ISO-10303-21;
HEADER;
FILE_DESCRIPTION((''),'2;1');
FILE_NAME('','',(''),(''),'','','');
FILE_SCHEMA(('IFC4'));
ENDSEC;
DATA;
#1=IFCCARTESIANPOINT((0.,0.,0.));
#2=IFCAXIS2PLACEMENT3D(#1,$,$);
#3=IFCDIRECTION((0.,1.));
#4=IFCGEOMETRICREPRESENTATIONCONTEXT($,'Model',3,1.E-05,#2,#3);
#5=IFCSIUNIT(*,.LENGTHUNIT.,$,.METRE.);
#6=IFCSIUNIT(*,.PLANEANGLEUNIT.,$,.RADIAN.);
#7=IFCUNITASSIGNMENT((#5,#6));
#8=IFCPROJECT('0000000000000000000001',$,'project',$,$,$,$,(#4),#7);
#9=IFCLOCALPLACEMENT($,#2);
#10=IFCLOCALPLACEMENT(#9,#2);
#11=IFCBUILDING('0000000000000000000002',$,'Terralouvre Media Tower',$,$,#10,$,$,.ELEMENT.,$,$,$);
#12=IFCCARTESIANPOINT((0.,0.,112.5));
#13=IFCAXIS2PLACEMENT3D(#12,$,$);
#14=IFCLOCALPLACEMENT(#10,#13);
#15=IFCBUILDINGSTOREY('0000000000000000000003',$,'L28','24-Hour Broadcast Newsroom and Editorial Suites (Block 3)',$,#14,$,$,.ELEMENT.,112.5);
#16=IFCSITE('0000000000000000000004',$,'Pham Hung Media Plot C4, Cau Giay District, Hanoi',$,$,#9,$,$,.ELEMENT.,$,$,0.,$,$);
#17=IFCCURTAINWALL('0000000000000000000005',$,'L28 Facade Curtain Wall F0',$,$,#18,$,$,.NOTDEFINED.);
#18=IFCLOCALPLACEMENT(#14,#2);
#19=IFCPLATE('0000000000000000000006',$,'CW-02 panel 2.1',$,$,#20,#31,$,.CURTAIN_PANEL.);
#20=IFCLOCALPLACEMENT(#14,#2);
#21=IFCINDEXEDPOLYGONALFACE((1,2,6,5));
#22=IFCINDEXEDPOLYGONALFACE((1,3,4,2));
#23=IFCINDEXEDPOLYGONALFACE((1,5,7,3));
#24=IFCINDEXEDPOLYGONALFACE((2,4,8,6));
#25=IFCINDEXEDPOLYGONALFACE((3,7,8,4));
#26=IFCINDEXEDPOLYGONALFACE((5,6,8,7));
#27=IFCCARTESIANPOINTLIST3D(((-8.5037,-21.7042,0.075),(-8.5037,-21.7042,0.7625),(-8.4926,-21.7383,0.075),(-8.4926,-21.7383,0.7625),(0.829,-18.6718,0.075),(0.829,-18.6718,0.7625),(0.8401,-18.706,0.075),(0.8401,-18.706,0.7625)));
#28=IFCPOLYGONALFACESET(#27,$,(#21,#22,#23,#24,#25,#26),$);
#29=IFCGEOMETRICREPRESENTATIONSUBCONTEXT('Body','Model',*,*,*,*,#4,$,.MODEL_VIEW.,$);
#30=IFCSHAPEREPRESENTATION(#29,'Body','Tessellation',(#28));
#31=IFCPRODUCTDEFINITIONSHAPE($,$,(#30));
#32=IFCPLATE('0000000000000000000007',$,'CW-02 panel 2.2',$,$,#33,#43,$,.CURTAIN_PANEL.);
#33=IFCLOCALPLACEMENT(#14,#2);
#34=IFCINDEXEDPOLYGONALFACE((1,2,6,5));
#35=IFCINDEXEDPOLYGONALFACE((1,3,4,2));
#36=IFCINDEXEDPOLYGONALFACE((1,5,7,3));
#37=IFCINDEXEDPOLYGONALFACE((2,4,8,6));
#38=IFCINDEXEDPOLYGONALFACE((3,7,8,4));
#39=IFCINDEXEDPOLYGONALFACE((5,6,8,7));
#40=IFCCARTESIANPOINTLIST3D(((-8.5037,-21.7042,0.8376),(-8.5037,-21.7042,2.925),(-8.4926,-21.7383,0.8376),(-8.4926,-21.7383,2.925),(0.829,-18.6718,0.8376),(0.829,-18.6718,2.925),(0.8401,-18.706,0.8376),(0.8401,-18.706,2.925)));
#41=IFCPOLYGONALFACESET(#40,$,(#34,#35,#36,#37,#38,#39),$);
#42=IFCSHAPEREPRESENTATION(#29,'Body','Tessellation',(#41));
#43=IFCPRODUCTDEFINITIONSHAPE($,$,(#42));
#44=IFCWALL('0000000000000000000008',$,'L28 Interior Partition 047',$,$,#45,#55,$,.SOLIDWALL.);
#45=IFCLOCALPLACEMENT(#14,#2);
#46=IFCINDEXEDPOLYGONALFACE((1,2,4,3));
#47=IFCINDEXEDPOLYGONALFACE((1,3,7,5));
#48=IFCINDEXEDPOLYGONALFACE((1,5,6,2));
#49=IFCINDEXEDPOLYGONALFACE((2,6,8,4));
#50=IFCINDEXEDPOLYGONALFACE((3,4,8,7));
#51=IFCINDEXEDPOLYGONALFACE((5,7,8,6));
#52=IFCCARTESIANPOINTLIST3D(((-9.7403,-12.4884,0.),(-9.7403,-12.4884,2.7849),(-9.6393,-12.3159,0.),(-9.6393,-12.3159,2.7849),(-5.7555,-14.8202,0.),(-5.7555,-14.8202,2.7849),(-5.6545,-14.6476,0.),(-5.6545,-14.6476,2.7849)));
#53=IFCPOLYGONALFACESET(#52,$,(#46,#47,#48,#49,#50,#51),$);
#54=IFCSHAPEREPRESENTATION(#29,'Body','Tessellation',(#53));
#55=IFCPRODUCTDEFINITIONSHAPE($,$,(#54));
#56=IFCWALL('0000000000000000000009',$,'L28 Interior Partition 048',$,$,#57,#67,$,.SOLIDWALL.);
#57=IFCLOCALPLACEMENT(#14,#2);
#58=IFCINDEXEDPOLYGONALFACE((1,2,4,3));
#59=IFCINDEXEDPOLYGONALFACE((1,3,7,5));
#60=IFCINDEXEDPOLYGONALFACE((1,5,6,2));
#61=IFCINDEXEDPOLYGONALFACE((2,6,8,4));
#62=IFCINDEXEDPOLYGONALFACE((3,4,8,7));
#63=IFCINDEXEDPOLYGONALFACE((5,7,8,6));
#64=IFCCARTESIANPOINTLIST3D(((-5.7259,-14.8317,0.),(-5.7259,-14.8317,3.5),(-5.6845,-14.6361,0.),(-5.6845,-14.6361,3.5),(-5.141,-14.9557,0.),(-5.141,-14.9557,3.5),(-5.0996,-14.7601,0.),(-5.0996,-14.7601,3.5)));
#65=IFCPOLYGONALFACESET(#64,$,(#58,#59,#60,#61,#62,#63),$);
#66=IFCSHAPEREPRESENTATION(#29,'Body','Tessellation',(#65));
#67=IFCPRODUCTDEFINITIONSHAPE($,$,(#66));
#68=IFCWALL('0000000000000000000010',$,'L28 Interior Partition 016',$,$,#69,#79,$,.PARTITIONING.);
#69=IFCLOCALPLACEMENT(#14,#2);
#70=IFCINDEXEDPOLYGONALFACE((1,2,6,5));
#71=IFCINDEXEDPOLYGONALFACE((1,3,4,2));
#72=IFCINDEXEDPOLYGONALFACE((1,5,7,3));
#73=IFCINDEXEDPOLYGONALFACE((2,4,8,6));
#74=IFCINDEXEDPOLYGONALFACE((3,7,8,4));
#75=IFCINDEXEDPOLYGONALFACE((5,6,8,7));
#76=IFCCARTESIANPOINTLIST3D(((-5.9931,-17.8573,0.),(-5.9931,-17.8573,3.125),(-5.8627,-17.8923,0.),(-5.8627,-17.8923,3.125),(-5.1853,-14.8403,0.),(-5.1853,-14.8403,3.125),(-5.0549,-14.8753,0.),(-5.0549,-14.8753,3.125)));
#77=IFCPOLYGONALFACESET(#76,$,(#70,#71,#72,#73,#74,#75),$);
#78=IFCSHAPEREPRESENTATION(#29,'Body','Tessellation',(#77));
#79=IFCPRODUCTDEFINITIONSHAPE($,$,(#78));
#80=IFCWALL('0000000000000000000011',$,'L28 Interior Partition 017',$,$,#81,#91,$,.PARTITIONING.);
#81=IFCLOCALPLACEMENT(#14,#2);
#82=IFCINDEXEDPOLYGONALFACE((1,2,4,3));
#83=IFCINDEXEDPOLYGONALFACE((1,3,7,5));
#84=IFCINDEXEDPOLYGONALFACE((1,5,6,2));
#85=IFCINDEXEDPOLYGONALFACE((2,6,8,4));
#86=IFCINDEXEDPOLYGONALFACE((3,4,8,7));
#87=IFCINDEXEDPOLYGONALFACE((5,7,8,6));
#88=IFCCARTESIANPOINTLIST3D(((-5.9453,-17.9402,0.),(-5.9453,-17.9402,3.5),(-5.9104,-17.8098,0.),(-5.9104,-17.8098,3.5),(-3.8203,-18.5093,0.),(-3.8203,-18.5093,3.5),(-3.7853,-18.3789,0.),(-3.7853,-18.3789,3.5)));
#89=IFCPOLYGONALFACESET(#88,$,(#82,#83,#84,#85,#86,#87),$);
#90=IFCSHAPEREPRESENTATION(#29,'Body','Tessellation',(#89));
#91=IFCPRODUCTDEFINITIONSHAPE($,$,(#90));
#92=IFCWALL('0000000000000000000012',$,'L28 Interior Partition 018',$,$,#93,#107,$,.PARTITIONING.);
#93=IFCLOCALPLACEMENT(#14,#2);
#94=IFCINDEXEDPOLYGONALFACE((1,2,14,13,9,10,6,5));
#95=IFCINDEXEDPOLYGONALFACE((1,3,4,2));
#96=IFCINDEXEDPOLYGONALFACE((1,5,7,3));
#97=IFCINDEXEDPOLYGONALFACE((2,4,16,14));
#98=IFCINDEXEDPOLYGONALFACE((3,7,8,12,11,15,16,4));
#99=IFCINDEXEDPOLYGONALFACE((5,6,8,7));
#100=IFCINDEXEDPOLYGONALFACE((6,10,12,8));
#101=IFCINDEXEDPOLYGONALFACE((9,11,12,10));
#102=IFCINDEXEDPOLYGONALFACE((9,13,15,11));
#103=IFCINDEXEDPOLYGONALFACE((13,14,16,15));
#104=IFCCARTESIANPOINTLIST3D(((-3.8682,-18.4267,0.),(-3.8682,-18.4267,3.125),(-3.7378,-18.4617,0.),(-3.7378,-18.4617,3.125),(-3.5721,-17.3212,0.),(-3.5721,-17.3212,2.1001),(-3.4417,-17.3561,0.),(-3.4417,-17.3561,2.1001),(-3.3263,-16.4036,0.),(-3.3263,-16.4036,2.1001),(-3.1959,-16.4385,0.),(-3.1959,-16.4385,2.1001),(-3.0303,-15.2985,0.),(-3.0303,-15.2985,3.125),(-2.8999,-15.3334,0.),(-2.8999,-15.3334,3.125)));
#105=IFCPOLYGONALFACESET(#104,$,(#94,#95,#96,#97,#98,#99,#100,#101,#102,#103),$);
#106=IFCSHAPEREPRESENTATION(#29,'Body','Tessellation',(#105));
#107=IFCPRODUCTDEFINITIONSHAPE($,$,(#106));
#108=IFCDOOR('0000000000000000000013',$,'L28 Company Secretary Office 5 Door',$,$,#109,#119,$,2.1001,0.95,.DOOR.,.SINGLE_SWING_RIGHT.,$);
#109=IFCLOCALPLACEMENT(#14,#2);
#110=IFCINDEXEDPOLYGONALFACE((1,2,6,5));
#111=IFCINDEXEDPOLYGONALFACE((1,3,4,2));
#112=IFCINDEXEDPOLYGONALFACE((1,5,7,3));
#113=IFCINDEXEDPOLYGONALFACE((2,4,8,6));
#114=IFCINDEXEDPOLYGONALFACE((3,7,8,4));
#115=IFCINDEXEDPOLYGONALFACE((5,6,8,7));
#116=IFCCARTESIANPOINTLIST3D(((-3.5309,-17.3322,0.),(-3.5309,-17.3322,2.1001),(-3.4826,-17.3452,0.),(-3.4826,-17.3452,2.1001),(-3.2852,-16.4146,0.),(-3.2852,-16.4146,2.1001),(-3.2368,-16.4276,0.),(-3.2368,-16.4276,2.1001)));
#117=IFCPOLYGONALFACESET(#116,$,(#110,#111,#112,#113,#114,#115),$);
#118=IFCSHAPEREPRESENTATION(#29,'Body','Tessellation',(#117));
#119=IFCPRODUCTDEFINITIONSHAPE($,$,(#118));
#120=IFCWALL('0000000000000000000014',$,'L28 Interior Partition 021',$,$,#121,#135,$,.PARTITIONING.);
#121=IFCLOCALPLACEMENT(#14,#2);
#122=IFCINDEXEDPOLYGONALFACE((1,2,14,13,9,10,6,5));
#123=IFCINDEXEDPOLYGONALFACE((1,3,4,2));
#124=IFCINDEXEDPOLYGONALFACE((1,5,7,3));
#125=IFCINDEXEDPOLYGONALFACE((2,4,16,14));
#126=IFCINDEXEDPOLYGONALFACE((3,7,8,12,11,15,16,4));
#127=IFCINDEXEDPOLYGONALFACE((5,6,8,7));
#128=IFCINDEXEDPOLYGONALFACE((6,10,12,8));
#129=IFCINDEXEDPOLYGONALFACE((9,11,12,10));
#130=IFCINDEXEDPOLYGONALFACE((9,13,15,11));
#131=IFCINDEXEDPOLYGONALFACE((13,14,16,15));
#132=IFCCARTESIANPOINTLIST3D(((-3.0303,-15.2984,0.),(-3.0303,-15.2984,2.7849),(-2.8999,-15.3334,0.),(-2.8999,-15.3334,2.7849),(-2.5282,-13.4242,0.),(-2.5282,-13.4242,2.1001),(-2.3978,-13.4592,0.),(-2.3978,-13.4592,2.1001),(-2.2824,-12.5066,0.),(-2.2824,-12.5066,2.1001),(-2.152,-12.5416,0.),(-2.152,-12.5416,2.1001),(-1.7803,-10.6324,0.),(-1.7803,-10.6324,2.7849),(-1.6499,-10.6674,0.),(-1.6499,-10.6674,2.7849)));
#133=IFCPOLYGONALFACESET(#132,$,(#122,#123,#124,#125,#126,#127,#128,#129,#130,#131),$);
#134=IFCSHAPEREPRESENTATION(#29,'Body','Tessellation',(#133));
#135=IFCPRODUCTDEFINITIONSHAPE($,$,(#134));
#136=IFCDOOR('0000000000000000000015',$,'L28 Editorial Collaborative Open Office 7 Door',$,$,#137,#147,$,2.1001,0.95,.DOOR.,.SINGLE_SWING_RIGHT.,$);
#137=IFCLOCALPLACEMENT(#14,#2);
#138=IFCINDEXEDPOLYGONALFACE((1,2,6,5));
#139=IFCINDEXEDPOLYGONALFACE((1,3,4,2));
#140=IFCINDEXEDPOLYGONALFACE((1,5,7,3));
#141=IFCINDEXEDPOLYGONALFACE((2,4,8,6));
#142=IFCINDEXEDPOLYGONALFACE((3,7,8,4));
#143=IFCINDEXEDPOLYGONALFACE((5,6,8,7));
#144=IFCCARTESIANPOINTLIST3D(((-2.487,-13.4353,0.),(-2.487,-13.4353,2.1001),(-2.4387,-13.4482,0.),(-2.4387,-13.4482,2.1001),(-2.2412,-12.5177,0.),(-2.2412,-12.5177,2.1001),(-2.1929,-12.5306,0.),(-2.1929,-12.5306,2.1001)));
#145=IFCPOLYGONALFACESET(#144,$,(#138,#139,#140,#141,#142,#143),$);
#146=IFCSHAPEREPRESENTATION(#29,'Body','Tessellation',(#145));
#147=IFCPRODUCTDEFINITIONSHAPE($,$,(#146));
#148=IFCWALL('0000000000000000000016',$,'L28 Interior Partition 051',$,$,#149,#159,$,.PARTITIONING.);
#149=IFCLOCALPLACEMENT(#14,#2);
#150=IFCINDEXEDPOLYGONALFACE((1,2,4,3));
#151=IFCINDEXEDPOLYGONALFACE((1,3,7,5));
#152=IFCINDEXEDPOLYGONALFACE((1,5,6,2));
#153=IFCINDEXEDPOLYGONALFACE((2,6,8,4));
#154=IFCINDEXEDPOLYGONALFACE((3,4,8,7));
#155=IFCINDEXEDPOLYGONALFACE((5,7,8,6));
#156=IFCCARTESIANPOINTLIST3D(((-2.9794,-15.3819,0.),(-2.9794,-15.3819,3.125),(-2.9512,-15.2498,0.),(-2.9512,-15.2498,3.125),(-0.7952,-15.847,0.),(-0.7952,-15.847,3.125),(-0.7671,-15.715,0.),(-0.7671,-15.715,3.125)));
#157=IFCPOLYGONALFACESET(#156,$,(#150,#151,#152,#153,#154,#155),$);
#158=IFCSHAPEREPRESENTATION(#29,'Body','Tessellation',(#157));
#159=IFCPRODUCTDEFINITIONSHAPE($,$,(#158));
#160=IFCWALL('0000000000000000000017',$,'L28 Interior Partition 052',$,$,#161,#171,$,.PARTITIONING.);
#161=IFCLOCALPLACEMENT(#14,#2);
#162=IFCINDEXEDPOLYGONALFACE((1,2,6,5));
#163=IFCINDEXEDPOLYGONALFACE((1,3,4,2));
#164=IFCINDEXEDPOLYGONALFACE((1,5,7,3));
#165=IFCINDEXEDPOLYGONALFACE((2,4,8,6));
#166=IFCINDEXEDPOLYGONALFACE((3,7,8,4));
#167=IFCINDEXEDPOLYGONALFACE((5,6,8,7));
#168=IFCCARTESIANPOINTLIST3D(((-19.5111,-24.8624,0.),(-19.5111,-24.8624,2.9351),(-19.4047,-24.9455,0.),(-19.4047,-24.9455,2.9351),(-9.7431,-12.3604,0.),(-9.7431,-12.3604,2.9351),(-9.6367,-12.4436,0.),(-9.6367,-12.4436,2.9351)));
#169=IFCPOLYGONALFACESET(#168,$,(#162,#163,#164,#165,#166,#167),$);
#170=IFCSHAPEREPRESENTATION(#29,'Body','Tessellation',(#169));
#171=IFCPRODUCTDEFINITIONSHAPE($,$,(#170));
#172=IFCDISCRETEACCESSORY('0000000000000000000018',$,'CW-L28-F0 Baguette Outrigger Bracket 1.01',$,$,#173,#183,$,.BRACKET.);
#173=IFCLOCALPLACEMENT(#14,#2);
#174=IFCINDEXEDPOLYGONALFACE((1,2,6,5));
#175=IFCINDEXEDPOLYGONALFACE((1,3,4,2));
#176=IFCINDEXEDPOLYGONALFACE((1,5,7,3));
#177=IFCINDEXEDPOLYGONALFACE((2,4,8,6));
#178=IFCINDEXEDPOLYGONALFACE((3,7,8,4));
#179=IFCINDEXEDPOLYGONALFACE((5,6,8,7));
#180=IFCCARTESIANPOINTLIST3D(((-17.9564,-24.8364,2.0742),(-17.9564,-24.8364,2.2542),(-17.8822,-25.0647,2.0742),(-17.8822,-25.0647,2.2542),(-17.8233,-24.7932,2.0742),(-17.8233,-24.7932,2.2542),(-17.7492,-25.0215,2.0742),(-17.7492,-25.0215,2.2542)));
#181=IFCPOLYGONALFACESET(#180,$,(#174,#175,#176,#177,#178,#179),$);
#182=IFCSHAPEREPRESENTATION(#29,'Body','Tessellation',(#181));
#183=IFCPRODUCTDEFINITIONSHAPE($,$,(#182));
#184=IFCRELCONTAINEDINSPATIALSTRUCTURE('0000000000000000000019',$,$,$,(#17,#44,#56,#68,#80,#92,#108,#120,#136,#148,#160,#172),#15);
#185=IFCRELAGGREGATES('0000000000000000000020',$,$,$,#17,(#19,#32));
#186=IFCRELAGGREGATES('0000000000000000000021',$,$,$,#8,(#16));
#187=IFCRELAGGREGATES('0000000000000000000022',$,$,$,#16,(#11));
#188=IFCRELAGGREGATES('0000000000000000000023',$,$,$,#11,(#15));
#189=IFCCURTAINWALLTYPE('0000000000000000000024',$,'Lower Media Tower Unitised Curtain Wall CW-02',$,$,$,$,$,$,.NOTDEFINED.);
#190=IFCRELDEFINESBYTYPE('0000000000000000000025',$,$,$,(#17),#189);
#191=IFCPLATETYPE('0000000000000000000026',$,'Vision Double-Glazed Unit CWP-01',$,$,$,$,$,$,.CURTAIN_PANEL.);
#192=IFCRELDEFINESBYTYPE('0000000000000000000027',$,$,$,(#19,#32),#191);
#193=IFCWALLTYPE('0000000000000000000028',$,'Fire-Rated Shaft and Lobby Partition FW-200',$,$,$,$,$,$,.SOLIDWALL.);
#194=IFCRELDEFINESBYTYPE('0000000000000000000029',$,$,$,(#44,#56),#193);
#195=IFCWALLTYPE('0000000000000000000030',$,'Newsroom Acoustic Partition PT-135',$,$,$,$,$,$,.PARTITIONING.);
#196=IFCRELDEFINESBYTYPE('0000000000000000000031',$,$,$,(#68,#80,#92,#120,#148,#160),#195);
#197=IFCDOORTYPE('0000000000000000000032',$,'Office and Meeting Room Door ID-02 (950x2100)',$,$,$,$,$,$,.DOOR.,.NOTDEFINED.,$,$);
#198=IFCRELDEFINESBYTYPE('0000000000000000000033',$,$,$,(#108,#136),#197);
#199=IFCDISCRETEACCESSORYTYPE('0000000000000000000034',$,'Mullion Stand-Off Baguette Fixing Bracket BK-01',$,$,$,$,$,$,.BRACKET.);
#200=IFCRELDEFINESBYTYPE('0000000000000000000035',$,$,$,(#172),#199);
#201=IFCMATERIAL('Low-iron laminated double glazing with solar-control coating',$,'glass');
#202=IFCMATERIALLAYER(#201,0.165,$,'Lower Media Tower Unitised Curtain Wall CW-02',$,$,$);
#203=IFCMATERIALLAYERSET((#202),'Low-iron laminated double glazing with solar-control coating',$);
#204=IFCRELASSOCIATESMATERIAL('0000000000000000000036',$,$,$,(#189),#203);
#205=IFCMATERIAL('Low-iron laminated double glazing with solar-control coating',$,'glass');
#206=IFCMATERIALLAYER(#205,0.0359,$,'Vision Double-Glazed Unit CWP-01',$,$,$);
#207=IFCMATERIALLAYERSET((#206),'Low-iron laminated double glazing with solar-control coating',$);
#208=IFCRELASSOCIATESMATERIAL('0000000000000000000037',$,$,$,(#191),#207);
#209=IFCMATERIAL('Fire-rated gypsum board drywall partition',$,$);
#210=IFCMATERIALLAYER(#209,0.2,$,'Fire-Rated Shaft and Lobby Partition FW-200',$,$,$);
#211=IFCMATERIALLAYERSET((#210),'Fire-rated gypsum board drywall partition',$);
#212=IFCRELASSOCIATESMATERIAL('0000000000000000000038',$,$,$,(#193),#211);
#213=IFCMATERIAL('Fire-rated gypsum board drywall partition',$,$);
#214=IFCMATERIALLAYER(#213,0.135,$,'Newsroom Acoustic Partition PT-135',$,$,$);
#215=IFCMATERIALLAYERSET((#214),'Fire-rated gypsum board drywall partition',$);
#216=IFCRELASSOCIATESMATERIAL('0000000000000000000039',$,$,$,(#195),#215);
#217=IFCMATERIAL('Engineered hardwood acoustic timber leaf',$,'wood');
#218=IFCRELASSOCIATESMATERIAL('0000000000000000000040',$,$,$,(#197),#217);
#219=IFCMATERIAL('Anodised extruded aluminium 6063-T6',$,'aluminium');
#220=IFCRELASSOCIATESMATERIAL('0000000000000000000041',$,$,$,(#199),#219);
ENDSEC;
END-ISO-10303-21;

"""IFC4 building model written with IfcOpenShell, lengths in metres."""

from ifc_helpers import new_model, si_unit, direction, frame, frame_2d, origin, origin_2d, place, context, subcontext, project, spatial, rectangle, extrude, material, layer, layer_set, type_object, element, fill, aggregate, save


model = new_model("IFC4")

# Units and contexts
model_context = context("Model", 3, precision=1e-05, world=origin(), true_north=direction((0.0, 1.0)))
body_context = subcontext(model_context, "Body", "Model", "MODEL_VIEW")
ifc_project = project(units=[si_unit("LENGTHUNIT", "METRE"), si_unit("PLANEANGLEUNIT", "RADIAN")], contexts=[model_context])

# Site, building, storey
site_placement = place(None, origin())
site = spatial("IfcSite", under=ifc_project, at=site_placement, Name="Pham Hung Media Plot C4, Cau Giay District, Hanoi", CompositionType="ELEMENT", RefElevation=0.0)
building_placement = place(site_placement, origin())
building = spatial("IfcBuilding", under=site, at=building_placement, Name="Terralouvre Media Tower", CompositionType="ELEMENT")
storey_placement = place(building_placement, frame((0.0, 0.0, 112.5)))
storey = spatial("IfcBuildingStorey", under=building, at=storey_placement, Name="L28", Description="24-Hour Broadcast Newsroom and Editorial Suites (Block 3)", CompositionType="ELEMENT", Elevation=112.5)

# Curtain wall
ifc_material_1 = material(Name="Low-iron laminated double glazing with solar-control coating", Category="glass")
ifc_layer_1 = layer(ifc_material_1, 0.165, Name="Lower Media Tower Unitised Curtain Wall CW-02")
ifc_layer_set_1 = layer_set([ifc_layer_1], Name="Low-iron laminated double glazing with solar-control coating")
curtain_wall_type_1 = type_object("IfcCurtainWallType", Name="Lower Media Tower Unitised Curtain Wall CW-02", PredefinedType="NOTDEFINED", material=ifc_layer_set_1)
curtain_wall_1_placement = place(storey_placement, origin())
curtain_wall_1 = element("IfcCurtainWall", 1, at=curtain_wall_1_placement, inside=storey, type_object=curtain_wall_type_1, Name="L28 Facade Curtain Wall F0", PredefinedType="NOTDEFINED")

# Plates
ifc_material_2 = material(Name="Low-iron laminated double glazing with solar-control coating", Category="glass")
ifc_layer_2 = layer(ifc_material_2, 0.0359, Name="Vision Double-Glazed Unit CWP-01")
ifc_layer_set_2 = layer_set([ifc_layer_2], Name="Low-iron laminated double glazing with solar-control coating")
plate_type = type_object("IfcPlateType", Name="Vision Double-Glazed Unit CWP-01", PredefinedType="CURTAIN_PANEL", material=ifc_layer_set_2)
plate_1_placement = place(storey_placement, frame((-3.8318, -20.2051, 0.075), z_axis=(0.0, 0.0, 1.0), x_axis=(0.951057, 0.309017, 0.0)))
plate_1 = element("IfcPlate", 2, at=plate_1_placement, type_object=plate_type, Name="CW-02 panel 2.1", PredefinedType="CURTAIN_PANEL", context=body_context, shape_type="SweptSolid", body=[
    extrude(rectangle(XDim=9.813, YDim=0.0359, at=origin_2d()), origin(), (0.0, 0.0, 1.0), 0.6875),
])
plate_2_placement = place(storey_placement, frame((-3.8318, -20.2051, 0.8376), z_axis=(0.0, 0.0, 1.0), x_axis=(0.951057, 0.309017, 0.0)))
plate_2 = element("IfcPlate", 3, at=plate_2_placement, type_object=plate_type, Name="CW-02 panel 2.2", PredefinedType="CURTAIN_PANEL", context=body_context, shape_type="SweptSolid", body=[
    extrude(rectangle(XDim=9.813, YDim=0.0359, at=origin_2d()), origin(), (0.0, 0.0, 1.0), 2.0874),
])
aggregate(curtain_wall_1, [plate_1, plate_2])

# Walls
ifc_material_3 = material(Name="Fire-rated gypsum board drywall partition")
ifc_layer_3 = layer(ifc_material_3, 0.2, Name="Fire-Rated Shaft and Lobby Partition FW-200")
ifc_layer_set_3 = layer_set([ifc_layer_3], Name="Fire-rated gypsum board drywall partition")
wall_type_1 = type_object("IfcWallType", Name="Fire-Rated Shaft and Lobby Partition FW-200", PredefinedType="SOLIDWALL", material=ifc_layer_set_3)
wall_1_placement = place(storey_placement, frame((-9.6899, -12.4021, 0.0), z_axis=(0.0, 0.0, 1.0), x_axis=(0.863091, -0.505048, 0.0)))
element("IfcWall", 4, at=wall_1_placement, inside=storey, type_object=wall_type_1, Name="L28 Interior Partition 047", PredefinedType="SOLIDWALL", context=body_context, shape_type="SweptSolid", body=[
    extrude(rectangle(XDim=4.6169, YDim=0.2, at=frame_2d((2.3086, 0.0))), origin(), (0.0, 0.0, 1.0), 2.7849),
])
wall_2_placement = place(storey_placement, frame((-5.7051, -14.7339, 0.0), z_axis=(0.0, 0.0, 1.0), x_axis=(0.978254, -0.207409, 0.0)))
element("IfcWall", 5, at=wall_2_placement, inside=storey, type_object=wall_type_1, Name="L28 Interior Partition 048", PredefinedType="SOLIDWALL", context=body_context, shape_type="SweptSolid", body=[
    extrude(rectangle(XDim=0.5979, YDim=0.2, at=frame_2d((0.2988, 0.0))), origin(), (0.0, 0.0, 1.0), 3.5),
])
ifc_material_4 = material(Name="Fire-rated gypsum board drywall partition")
ifc_layer_4 = layer(ifc_material_4, 0.135, Name="Newsroom Acoustic Partition PT-135")
ifc_layer_set_4 = layer_set([ifc_layer_4], Name="Fire-rated gypsum board drywall partition")
wall_type_2 = type_object("IfcWallType", Name="Newsroom Acoustic Partition PT-135", PredefinedType="PARTITIONING", material=ifc_layer_set_4)
wall_3_placement = place(storey_placement, frame((-5.1201, -14.8579, 0.0), z_axis=(0.0, 0.0, 1.0), x_axis=(-0.25865, -0.965971, 0.0)))
element("IfcWall", 6, at=wall_3_placement, inside=storey, type_object=wall_type_2, Name="L28 Interior Partition 016", PredefinedType="PARTITIONING", context=body_context, shape_type="SweptSolid", body=[
    extrude(rectangle(XDim=3.1233, YDim=0.135, at=frame_2d((1.5615, 0.0))), origin(), (0.0, 0.0, 1.0), 3.125),
])
wall_4_placement = place(storey_placement, frame((-5.928, -17.875, 0.0), z_axis=(0.0, 0.0, 1.0), x_axis=(0.96596, -0.258692, 0.0)))
element("IfcWall", 7, at=wall_4_placement, inside=storey, type_object=wall_type_2, Name="L28 Interior Partition 017", PredefinedType="PARTITIONING", context=body_context, shape_type="SweptSolid", body=[
    extrude(rectangle(XDim=2.2, YDim=0.135, at=frame_2d((1.1001, 0.0))), origin(), (0.0, 0.0, 1.0), 3.5),
])

# Walls, openings, doors
wall_5_placement = place(storey_placement, frame((-3.803, -18.4441, 0.0), z_axis=(0.0, 0.0, 1.0), x_axis=(0.258732, 0.965949, 0.0)))
wall_5 = element("IfcWall", 8, at=wall_5_placement, inside=storey, type_object=wall_type_2, Name="L28 Interior Partition 018", PredefinedType="PARTITIONING", context=body_context, shape_type="SweptSolid", body=[
    extrude(rectangle(XDim=3.2385, YDim=0.135, at=frame_2d((1.6191, 0.0))), origin(), (0.0, 0.0, 1.0), 3.125),
])
opening_1_placement = place(wall_5_placement, frame((1.1443, 0.0, 0.0)))
opening_1 = element("IfcOpeningElement", 9, at=opening_1_placement, cuts=wall_5, PredefinedType="OPENING", context=body_context, shape_type="SweptSolid", body=[
    extrude(rectangle(XDim=0.95, YDim=2.1001, at=frame_2d((0.4751, 1.05))), frame((0.0, 0.0774, 0.0), z_axis=(0.0, -1.0, 0.0), x_axis=(1.0, 0.0, 0.0)), (0.0, 0.0, 1.0), 0.155),
])
ifc_material_5 = material(Name="Engineered hardwood acoustic timber leaf", Category="wood")
door_type = type_object("IfcDoorType", Name="Office and Meeting Room Door ID-02 (950x2100)", OperationType="NOTDEFINED", PredefinedType="DOOR", material=ifc_material_5)
door_1_placement = place(opening_1_placement, origin())
door_1 = element("IfcDoor", 10, at=door_1_placement, inside=storey, type_object=door_type, Name="L28 Company Secretary Office 5 Door", OperationType="SINGLE_SWING_RIGHT", OverallHeight=2.1001, OverallWidth=0.95, PredefinedType="DOOR", context=body_context, shape_type="SweptSolid", body=[
    extrude(rectangle(XDim=0.95, YDim=2.1001, at=frame_2d((0.4751, 1.05))), frame((0.0, 0.0249, 0.0), z_axis=(0.0, -1.0, 0.0), x_axis=(1.0, 0.0, 0.0)), (0.0, 0.0, 1.0), 0.05),
])
fill(opening_1, door_1)
wall_6_placement = place(storey_placement, frame((-2.9651, -15.3159, 0.0), z_axis=(0.0, 0.0, 1.0), x_axis=(0.25877, 0.965939, 0.0)))
wall_6 = element("IfcWall", 11, at=wall_6_placement, inside=storey, type_object=wall_type_2, Name="L28 Interior Partition 021", PredefinedType="PARTITIONING", context=body_context, shape_type="SweptSolid", body=[
    extrude(rectangle(XDim=4.8306, YDim=0.135, at=frame_2d((2.4153, 0.0))), origin(), (0.0, 0.0, 1.0), 2.7849),
])
opening_2_placement = place(wall_6_placement, frame((1.9402, 0.0, 0.0)))
opening_2 = element("IfcOpeningElement", 12, at=opening_2_placement, cuts=wall_6, PredefinedType="OPENING", context=body_context, shape_type="SweptSolid", body=[
    extrude(rectangle(XDim=0.95, YDim=2.1001, at=frame_2d((0.4751, 1.05))), frame((0.0, 0.0774, 0.0), z_axis=(0.0, -1.0, 0.0), x_axis=(1.0, 0.0, 0.0)), (0.0, 0.0, 1.0), 0.155),
])
door_2_placement = place(opening_2_placement, origin())
door_2 = element("IfcDoor", 13, at=door_2_placement, inside=storey, type_object=door_type, Name="L28 Editorial Collaborative Open Office 7 Door", OperationType="SINGLE_SWING_RIGHT", OverallHeight=2.1001, OverallWidth=0.95, PredefinedType="DOOR", context=body_context, shape_type="SweptSolid", body=[
    extrude(rectangle(XDim=0.95, YDim=2.1001, at=frame_2d((0.4751, 1.05))), frame((0.0, 0.0249, 0.0), z_axis=(0.0, -1.0, 0.0), x_axis=(1.0, 0.0, 0.0)), (0.0, 0.0, 1.0), 0.05),
])
fill(opening_2, door_2)

# Walls
wall_7_placement = place(storey_placement, frame((-0.781, -15.781, 0.0), z_axis=(0.0, 0.0, 1.0), x_axis=(-0.97807, 0.208275, 0.0)))
element("IfcWall", 14, at=wall_7_placement, inside=storey, type_object=wall_type_2, Name="L28 Interior Partition 051", PredefinedType="PARTITIONING", context=body_context, shape_type="SweptSolid", body=[
    extrude(rectangle(XDim=2.2332, YDim=0.135, at=frame_2d((1.1167, 0.0))), origin(), (0.0, 0.0, 1.0), 3.125),
])
wall_8_placement = place(storey_placement, frame((-9.6899, -12.4021, 0.0), z_axis=(0.0, 0.0, 1.0), x_axis=(-0.61568, -0.787996, 0.0)))
element("IfcWall", 15, at=wall_8_placement, inside=storey, type_object=wall_type_2, Name="L28 Interior Partition 052", PredefinedType="PARTITIONING", context=body_context, shape_type="SweptSolid", body=[
    extrude(rectangle(XDim=15.8655, YDim=0.135, at=frame_2d((7.9326, 0.0))), origin(), (0.0, 0.0, 1.0), 2.9351),
])

# Discrete accessory
ifc_material_6 = material(Name="Anodised extruded aluminium 6063-T6", Category="aluminium")
discrete_accessory_type = type_object("IfcDiscreteAccessoryType", Name="Mullion Stand-Off Baguette Fixing Bracket BK-01", PredefinedType="BRACKET", material=ifc_material_6)
for number, where, z_axis, x_axis, name in (
    (16, (-17.8528, -24.929, 2.0742), (0.0, 0.0, 1.0), (0.951057, 0.309017, 0.0), "CW-L28-F0 Baguette Outrigger Bracket 1.01"),
):
    element("IfcDiscreteAccessory", number, at=place(storey_placement, frame(where, z_axis=z_axis, x_axis=x_axis)), inside=storey, type_object=discrete_accessory_type, Name=name, PredefinedType="BRACKET", context=body_context, shape_type="SweptSolid", body=[
        extrude(rectangle(XDim=0.1399, YDim=0.24, at=origin_2d()), origin(), (0.0, 0.0, 1.0), 0.1799),
    ])

save(model, "model.ifc")
